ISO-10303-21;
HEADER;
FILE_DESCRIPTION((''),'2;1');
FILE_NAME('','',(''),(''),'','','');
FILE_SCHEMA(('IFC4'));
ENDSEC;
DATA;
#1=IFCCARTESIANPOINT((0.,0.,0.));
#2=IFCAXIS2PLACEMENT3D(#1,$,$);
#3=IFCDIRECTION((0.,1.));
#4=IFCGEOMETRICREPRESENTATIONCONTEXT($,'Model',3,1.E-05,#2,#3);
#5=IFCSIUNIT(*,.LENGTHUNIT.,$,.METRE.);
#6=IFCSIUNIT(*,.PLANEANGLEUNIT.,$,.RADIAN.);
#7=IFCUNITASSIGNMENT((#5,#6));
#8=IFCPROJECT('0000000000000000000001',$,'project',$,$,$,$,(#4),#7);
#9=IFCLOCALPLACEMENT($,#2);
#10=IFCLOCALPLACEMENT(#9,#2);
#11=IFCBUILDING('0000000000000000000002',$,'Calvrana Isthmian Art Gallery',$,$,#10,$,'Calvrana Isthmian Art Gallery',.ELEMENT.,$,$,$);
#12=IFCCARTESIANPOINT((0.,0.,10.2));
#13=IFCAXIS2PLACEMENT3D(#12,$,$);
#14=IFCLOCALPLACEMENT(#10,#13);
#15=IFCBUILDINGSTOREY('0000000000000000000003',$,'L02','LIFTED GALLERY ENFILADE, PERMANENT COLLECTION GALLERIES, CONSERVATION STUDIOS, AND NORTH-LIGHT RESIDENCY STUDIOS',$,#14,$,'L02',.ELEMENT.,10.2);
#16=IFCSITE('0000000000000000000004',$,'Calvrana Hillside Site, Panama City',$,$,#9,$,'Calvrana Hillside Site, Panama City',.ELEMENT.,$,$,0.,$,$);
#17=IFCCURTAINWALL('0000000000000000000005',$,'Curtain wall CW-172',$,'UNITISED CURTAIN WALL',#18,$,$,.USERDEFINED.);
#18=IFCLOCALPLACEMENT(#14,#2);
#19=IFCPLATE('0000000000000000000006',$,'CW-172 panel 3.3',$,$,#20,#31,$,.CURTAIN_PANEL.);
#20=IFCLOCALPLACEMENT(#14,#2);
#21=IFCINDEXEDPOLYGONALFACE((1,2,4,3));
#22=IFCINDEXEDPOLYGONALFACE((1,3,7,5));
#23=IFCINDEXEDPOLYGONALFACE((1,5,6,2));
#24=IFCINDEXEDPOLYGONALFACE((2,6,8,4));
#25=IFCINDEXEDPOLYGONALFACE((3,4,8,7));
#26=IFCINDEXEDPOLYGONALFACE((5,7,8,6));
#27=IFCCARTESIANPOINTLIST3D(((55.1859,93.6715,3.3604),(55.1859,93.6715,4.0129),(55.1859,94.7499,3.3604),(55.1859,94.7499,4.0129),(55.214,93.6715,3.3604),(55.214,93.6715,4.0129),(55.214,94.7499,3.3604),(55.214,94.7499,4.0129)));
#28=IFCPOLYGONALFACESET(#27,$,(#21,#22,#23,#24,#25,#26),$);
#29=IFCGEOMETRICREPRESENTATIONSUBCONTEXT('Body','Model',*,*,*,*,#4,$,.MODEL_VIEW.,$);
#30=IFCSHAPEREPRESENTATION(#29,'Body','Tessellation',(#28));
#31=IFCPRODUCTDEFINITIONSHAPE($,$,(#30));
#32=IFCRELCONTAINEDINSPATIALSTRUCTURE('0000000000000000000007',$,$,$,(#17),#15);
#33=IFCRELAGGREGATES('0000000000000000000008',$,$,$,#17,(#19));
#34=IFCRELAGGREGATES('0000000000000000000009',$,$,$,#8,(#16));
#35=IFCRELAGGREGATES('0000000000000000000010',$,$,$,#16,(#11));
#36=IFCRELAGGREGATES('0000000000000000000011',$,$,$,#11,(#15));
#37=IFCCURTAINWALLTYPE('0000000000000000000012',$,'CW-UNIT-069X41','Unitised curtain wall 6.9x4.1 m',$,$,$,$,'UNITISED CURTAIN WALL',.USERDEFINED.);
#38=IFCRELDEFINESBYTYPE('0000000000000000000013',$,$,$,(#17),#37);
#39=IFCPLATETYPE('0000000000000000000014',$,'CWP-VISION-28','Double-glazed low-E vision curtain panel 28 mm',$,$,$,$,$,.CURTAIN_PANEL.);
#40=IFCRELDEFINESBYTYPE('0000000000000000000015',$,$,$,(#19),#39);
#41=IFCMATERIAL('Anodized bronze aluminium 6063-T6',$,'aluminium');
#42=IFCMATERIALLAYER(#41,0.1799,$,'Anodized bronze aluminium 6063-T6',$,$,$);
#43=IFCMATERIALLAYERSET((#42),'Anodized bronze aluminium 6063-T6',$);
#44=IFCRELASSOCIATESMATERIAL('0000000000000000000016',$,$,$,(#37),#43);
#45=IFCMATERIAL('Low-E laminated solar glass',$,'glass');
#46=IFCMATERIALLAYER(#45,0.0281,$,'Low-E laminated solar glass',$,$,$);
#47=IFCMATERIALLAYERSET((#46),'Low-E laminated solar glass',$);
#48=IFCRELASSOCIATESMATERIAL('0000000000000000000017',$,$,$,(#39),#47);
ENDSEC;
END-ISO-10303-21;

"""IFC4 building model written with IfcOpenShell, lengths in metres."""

from ifc_helpers import new_model, si_unit, direction, frame, origin, origin_2d, place, context, subcontext, project, spatial, rectangle, extrude, material, layer, layer_set, type_object, element, aggregate, save


model = new_model("IFC4")

# Units and contexts
model_context = context("Model", 3, precision=1e-05, world=origin(), true_north=direction((0.0, 1.0)))
body_context = subcontext(model_context, "Body", "Model", "MODEL_VIEW")
ifc_project = project(units=[si_unit("LENGTHUNIT", "METRE"), si_unit("PLANEANGLEUNIT", "RADIAN")], contexts=[model_context])

# Site, building, storey
site_placement = place(None, origin())
site = spatial("IfcSite", under=ifc_project, at=site_placement, Name="Calvrana Hillside Site, Panama City", LongName="Calvrana Hillside Site, Panama City", CompositionType="ELEMENT", RefElevation=0.0)
building_placement = place(site_placement, origin())
building = spatial("IfcBuilding", under=site, at=building_placement, Name="Calvrana Isthmian Art Gallery", LongName="Calvrana Isthmian Art Gallery", CompositionType="ELEMENT")
storey_placement = place(building_placement, frame((0.0, 0.0, 10.2)))
storey = spatial("IfcBuildingStorey", under=building, at=storey_placement, Name="L02", Description="LIFTED GALLERY ENFILADE, PERMANENT COLLECTION GALLERIES, CONSERVATION STUDIOS, AND NORTH-LIGHT RESIDENCY STUDIOS", LongName="L02", CompositionType="ELEMENT", Elevation=10.2)

# Curtain wall, plate
ifc_material_1 = material(Name="Anodized bronze aluminium 6063-T6", Category="aluminium")
ifc_layer_1 = layer(ifc_material_1, 0.1799, Name="Anodized bronze aluminium 6063-T6")
ifc_layer_set_1 = layer_set([ifc_layer_1], Name="Anodized bronze aluminium 6063-T6")
curtain_wall_type = type_object("IfcCurtainWallType", Name="CW-UNIT-069X41", Description="Unitised curtain wall 6.9x4.1 m", ElementType="UNITISED CURTAIN WALL", PredefinedType="USERDEFINED", material=ifc_layer_set_1)
curtain_wall_placement = place(storey_placement, origin())
curtain_wall = element("IfcCurtainWall", 1, at=curtain_wall_placement, inside=storey, type_object=curtain_wall_type, Name="Curtain wall CW-172", ObjectType="UNITISED CURTAIN WALL", PredefinedType="USERDEFINED")
ifc_material_2 = material(Name="Low-E laminated solar glass", Category="glass")
ifc_layer_2 = layer(ifc_material_2, 0.0281, Name="Low-E laminated solar glass")
ifc_layer_set_2 = layer_set([ifc_layer_2], Name="Low-E laminated solar glass")
plate_type = type_object("IfcPlateType", Name="CWP-VISION-28", Description="Double-glazed low-E vision curtain panel 28 mm", PredefinedType="CURTAIN_PANEL", material=ifc_layer_set_2)
plate_1_placement = place(storey_placement, frame((55.2, 94.2107, 3.3604), z_axis=(0.0, 0.0, 1.0), x_axis=(0.0, 1.0, 0.0)))
plate_1 = element("IfcPlate", 2, at=plate_1_placement, type_object=plate_type, Name="CW-172 panel 3.3", PredefinedType="CURTAIN_PANEL", context=body_context, shape_type="SweptSolid", body=[
    extrude(rectangle(XDim=1.0784, YDim=0.0281, at=origin_2d()), origin(), (0.0, 0.0, 1.0), 0.6526),
])
aggregate(curtain_wall, [plate_1])

save(model, "model.ifc")
